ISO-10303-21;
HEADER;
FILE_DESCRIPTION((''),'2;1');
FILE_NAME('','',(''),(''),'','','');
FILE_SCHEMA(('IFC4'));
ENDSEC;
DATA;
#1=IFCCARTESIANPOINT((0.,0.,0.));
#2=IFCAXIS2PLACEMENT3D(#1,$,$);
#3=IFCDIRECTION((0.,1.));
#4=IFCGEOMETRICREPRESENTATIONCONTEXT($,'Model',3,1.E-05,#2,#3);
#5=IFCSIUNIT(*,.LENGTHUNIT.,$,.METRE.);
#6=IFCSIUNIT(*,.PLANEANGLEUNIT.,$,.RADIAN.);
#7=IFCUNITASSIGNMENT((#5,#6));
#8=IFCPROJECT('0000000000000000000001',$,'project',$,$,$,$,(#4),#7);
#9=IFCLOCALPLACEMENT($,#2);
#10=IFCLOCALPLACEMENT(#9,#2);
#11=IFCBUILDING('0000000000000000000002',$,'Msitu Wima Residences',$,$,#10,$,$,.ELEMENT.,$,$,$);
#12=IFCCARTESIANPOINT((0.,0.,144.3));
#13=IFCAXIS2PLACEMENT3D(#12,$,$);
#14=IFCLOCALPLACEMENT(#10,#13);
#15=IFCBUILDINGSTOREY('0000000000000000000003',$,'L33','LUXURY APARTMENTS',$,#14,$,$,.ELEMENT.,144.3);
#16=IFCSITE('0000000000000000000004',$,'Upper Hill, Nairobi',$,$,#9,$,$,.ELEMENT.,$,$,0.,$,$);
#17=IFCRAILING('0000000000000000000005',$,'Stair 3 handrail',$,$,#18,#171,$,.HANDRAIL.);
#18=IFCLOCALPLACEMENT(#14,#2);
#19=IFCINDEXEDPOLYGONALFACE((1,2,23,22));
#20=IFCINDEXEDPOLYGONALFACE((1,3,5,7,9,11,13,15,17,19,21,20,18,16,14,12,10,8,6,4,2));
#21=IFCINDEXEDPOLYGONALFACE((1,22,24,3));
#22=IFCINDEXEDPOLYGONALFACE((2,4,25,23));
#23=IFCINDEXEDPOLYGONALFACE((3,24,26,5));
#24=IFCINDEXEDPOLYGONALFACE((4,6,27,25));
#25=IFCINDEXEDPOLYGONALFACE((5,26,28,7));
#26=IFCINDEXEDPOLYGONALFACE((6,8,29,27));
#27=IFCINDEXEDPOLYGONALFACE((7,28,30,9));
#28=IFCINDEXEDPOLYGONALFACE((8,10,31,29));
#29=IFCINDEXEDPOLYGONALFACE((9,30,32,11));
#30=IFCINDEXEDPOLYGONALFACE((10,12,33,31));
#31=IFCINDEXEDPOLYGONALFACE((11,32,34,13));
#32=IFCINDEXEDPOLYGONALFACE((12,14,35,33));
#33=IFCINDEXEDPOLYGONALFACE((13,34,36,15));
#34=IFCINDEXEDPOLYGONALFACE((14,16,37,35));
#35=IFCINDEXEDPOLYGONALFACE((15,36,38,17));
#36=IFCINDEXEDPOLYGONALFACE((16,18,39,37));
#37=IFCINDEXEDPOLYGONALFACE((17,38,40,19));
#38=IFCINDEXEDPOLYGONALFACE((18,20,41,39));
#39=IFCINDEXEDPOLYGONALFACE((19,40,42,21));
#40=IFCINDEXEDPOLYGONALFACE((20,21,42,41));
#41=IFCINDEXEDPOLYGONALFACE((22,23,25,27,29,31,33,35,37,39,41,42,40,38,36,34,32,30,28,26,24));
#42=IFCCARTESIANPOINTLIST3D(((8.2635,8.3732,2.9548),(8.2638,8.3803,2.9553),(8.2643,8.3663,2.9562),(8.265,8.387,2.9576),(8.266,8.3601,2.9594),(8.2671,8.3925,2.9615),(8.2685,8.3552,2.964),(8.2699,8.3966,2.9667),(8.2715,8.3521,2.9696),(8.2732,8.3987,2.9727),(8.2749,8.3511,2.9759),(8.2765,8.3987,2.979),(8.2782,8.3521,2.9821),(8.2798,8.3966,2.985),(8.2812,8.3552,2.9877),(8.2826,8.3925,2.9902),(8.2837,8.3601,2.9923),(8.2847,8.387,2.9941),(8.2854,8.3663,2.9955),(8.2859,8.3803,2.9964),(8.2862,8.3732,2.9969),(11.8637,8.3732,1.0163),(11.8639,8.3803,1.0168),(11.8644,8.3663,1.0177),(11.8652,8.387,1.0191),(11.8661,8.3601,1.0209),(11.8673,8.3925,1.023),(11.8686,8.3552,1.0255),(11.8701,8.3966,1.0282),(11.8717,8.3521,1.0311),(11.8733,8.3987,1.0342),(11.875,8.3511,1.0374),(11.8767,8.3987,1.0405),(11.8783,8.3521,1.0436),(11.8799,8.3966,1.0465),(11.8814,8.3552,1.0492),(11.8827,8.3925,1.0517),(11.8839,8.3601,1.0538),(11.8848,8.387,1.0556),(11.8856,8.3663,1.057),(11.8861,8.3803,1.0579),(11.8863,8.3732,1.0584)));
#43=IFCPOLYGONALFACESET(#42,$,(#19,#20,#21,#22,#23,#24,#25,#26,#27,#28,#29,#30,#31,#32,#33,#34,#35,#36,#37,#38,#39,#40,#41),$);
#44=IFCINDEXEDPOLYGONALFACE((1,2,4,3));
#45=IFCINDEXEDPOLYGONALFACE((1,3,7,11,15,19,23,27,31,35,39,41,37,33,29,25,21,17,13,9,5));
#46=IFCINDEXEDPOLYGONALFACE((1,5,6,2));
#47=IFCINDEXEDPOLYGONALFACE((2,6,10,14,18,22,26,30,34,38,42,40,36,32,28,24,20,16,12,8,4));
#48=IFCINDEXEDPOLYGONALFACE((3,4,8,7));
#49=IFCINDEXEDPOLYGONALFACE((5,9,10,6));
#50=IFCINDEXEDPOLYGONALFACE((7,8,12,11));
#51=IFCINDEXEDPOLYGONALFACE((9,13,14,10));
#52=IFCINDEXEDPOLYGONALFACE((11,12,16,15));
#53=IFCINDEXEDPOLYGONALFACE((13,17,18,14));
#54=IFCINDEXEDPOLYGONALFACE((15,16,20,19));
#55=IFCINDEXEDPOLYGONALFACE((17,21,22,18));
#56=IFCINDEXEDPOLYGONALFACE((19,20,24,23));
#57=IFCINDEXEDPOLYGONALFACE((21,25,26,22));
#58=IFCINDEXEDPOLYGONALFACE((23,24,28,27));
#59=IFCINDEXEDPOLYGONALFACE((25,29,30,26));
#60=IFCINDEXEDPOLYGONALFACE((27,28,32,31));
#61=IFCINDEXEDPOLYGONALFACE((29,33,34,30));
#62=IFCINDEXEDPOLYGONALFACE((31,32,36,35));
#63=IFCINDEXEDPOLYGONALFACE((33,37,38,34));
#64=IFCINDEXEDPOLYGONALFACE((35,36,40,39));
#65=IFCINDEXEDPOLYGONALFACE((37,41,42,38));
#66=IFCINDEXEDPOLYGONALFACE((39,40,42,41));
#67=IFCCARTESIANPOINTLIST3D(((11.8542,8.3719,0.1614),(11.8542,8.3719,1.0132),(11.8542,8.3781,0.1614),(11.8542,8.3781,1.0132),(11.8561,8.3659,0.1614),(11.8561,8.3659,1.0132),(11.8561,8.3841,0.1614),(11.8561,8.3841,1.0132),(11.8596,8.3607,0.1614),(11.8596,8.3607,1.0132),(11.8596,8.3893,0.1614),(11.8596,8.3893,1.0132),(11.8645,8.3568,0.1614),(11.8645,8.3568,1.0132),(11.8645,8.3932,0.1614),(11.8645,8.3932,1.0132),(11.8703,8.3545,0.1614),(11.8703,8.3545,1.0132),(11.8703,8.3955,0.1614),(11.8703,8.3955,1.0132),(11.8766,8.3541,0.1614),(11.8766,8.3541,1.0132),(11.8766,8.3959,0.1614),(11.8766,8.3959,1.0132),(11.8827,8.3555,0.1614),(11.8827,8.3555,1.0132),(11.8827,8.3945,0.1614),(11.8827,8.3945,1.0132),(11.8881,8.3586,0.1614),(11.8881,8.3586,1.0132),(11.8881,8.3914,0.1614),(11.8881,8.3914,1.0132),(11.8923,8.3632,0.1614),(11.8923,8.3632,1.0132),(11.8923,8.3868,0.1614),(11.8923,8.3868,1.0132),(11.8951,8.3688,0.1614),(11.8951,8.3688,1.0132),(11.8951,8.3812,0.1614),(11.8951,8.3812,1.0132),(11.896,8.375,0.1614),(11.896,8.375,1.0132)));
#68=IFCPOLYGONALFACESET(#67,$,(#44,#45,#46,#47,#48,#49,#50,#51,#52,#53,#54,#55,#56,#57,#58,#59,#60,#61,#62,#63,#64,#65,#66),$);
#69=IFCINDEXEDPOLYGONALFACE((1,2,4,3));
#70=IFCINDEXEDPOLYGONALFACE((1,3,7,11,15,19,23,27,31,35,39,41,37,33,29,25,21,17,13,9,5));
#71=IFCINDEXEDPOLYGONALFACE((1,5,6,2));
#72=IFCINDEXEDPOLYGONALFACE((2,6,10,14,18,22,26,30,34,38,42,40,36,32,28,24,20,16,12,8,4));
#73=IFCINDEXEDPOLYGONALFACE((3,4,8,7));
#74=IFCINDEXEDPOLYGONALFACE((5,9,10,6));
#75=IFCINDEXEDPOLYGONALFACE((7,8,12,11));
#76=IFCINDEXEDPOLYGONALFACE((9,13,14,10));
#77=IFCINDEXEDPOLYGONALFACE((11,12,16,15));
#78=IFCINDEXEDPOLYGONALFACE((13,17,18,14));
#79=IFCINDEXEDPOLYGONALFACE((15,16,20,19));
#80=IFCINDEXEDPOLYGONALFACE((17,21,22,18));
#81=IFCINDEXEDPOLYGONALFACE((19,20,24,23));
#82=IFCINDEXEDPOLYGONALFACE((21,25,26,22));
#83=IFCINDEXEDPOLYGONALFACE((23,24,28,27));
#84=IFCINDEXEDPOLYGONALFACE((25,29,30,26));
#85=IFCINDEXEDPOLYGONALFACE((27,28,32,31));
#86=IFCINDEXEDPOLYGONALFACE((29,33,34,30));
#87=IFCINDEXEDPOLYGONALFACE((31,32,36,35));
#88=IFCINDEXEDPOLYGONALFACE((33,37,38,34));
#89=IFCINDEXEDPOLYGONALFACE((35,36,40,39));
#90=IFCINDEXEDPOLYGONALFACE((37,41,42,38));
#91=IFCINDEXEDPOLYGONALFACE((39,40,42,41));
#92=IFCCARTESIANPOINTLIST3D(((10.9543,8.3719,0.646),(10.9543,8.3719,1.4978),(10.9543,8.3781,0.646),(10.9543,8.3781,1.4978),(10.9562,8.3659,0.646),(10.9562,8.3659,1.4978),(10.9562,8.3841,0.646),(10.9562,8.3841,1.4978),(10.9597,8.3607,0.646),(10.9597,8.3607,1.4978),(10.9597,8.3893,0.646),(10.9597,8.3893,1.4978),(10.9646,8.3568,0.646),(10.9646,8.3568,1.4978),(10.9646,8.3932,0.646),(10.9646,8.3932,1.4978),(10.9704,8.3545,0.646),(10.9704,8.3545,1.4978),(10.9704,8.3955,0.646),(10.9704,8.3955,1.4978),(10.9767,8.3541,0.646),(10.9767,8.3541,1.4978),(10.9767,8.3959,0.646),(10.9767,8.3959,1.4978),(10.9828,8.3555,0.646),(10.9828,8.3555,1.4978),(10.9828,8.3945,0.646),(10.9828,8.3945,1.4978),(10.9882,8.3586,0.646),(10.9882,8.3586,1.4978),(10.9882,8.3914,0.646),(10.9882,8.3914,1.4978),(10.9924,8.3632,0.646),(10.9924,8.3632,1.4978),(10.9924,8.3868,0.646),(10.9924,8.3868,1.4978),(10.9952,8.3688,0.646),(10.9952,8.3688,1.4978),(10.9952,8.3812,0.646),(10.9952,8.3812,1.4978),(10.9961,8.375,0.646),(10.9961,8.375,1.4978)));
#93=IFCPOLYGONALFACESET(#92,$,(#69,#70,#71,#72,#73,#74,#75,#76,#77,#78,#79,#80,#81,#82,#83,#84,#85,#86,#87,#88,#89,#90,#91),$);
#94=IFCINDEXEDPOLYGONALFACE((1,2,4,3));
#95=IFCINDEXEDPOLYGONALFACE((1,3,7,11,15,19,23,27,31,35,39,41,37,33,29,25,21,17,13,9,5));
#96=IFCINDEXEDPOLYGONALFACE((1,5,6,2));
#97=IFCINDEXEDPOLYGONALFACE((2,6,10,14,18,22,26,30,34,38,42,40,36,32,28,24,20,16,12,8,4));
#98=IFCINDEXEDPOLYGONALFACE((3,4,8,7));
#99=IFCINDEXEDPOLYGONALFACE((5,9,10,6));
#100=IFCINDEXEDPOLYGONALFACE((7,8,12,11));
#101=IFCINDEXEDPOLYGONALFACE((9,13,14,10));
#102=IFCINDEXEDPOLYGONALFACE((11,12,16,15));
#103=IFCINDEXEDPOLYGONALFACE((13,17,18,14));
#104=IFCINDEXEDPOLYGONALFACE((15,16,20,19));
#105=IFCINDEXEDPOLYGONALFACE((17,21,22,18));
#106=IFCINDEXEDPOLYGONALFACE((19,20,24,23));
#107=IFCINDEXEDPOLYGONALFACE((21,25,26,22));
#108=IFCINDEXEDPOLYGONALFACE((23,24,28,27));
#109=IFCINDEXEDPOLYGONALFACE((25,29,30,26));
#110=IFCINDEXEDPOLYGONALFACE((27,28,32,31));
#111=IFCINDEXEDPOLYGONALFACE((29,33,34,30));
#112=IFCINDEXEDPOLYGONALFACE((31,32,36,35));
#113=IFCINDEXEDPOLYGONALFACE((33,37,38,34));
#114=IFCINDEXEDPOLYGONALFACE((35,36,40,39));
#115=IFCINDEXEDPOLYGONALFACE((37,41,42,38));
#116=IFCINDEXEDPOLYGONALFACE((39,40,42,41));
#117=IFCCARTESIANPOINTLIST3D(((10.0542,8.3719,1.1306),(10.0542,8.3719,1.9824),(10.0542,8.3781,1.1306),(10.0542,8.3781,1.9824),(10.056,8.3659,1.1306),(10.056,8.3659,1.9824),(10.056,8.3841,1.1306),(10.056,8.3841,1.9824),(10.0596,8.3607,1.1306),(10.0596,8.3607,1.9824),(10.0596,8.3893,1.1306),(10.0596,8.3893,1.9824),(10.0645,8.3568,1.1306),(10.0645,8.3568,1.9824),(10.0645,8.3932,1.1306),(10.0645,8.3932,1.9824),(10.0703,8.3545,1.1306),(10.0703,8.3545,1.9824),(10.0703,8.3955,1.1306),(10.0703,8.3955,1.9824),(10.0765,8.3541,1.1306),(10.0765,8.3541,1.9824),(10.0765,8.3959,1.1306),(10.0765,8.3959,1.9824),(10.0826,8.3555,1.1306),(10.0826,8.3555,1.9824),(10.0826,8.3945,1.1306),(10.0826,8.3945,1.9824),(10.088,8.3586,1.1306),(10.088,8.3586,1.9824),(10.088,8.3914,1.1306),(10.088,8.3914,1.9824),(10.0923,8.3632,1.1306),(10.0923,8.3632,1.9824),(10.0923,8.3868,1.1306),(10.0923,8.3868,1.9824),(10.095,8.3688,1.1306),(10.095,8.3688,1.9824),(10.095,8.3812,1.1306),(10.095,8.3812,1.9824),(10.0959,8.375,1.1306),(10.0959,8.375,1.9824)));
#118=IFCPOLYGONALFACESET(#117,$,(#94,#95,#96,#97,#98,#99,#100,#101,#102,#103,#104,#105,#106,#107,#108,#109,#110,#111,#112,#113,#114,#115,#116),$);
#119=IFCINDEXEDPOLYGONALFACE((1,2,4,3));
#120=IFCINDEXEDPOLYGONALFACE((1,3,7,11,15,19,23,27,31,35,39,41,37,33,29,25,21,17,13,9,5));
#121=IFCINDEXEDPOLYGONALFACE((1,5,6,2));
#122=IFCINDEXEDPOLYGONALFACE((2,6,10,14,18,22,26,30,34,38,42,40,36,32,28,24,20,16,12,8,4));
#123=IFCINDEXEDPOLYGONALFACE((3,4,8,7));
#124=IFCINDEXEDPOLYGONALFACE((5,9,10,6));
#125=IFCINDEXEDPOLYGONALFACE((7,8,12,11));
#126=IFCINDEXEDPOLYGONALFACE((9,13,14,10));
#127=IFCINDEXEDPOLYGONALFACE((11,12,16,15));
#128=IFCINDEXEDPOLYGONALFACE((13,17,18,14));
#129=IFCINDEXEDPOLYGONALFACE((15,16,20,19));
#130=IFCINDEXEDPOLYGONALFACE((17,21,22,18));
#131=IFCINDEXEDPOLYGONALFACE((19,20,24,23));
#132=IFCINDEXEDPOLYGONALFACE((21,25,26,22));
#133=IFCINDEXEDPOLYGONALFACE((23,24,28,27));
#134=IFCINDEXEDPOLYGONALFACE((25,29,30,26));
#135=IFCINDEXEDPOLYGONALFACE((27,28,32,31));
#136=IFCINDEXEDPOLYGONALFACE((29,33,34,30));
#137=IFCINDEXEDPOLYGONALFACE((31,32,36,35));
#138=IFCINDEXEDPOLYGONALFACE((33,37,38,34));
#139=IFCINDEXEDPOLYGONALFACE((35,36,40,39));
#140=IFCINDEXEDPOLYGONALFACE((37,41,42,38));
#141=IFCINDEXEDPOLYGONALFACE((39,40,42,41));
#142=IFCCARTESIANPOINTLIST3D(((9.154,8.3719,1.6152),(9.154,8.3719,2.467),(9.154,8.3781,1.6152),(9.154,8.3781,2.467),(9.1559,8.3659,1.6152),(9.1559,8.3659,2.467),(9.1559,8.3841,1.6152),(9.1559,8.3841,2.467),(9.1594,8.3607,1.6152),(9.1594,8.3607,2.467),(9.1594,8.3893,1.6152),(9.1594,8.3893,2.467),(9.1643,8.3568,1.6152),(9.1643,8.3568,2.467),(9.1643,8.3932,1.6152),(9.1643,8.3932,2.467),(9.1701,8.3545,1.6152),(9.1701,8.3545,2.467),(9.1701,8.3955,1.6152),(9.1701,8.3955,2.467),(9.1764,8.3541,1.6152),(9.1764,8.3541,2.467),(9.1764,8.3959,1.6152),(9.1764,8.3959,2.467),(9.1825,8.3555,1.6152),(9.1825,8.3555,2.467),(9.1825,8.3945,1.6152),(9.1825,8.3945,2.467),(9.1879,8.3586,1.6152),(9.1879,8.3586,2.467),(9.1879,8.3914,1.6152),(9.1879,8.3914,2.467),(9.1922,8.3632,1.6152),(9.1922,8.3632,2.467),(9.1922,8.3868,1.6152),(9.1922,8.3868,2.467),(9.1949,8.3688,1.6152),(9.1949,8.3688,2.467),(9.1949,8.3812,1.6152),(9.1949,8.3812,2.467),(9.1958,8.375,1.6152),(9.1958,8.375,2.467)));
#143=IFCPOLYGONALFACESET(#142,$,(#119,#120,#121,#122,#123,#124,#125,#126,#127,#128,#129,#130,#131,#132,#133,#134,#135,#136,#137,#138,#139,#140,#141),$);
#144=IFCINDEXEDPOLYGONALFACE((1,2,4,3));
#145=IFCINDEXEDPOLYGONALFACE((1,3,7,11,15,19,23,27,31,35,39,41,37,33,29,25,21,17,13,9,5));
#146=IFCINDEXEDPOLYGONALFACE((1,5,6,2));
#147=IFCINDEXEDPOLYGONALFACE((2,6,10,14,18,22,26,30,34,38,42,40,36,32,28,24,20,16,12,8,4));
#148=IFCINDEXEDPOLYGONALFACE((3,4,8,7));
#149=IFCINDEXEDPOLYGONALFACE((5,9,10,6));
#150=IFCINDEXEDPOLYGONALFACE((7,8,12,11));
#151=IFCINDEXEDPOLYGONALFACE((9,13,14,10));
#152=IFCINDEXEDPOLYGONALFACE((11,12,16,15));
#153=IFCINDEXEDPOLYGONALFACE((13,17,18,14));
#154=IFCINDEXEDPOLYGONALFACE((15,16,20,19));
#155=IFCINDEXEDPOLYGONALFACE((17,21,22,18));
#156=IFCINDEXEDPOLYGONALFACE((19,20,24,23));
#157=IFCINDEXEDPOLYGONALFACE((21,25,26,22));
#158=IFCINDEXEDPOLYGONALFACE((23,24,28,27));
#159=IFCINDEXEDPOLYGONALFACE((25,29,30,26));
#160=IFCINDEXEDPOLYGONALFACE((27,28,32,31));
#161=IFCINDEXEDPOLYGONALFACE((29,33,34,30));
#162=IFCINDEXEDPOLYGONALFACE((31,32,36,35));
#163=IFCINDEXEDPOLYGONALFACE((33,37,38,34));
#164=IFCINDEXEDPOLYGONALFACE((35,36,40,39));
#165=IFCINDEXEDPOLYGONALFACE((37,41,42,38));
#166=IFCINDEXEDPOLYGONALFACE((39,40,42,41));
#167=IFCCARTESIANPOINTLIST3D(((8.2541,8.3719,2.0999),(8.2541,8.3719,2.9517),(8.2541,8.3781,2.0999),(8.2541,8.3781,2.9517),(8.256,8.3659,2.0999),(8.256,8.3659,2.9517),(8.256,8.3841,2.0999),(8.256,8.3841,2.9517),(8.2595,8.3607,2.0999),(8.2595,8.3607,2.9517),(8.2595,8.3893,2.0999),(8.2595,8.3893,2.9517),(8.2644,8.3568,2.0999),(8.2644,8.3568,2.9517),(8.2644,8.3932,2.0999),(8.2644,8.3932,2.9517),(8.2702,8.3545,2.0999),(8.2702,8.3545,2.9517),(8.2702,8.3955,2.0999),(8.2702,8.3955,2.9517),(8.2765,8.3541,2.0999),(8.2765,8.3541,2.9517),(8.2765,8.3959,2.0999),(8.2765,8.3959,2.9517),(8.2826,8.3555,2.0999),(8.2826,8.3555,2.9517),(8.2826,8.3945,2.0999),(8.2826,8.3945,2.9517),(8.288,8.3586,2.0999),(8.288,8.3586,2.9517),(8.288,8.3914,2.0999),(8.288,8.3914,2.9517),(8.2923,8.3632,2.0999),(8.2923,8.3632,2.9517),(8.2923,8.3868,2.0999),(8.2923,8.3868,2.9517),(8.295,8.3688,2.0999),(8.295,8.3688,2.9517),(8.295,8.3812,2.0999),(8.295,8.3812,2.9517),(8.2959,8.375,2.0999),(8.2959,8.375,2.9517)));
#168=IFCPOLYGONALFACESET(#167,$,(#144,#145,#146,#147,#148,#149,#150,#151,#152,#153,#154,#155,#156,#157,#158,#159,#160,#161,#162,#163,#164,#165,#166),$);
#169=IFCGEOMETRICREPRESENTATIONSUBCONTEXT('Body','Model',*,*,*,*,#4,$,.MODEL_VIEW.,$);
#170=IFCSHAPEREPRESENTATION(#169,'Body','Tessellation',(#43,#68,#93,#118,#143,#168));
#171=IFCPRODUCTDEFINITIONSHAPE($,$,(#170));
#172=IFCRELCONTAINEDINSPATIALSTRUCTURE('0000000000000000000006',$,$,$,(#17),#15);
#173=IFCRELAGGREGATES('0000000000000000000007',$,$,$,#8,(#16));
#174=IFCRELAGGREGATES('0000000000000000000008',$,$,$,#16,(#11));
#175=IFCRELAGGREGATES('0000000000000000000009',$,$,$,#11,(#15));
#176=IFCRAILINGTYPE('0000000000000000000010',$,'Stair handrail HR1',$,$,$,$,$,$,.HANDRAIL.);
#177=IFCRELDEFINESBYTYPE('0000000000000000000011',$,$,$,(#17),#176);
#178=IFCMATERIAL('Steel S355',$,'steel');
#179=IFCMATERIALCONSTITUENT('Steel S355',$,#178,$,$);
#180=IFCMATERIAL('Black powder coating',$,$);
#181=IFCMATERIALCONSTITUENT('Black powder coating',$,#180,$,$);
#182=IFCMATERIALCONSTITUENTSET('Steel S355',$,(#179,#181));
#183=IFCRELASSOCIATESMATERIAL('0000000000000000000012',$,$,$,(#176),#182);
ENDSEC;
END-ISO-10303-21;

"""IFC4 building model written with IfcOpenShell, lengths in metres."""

from ifc_helpers import new_model, si_unit, direction, frame, origin, origin_2d, place, context, subcontext, project, spatial, circle, extrude, material, constituent, constituent_set, type_object, element, save


model = new_model("IFC4")

# Units and contexts
model_context = context("Model", 3, precision=1e-05, world=origin(), true_north=direction((0.0, 1.0)))
body_context = subcontext(model_context, "Body", "Model", "MODEL_VIEW")
ifc_project = project(units=[si_unit("LENGTHUNIT", "METRE"), si_unit("PLANEANGLEUNIT", "RADIAN")], contexts=[model_context])

# Site, building, storey
site_placement = place(None, origin())
site = spatial("IfcSite", under=ifc_project, at=site_placement, Name="Upper Hill, Nairobi", CompositionType="ELEMENT", RefElevation=0.0)
building_placement = place(site_placement, origin())
building = spatial("IfcBuilding", under=site, at=building_placement, Name="Msitu Wima Residences", CompositionType="ELEMENT")
storey_placement = place(building_placement, frame((0.0, 0.0, 144.3)))
storey = spatial("IfcBuildingStorey", under=building, at=storey_placement, Name="L33", Description="LUXURY APARTMENTS", CompositionType="ELEMENT", Elevation=144.3)

# Railing
ifc_material_1 = material(Name="Steel S355", Category="steel")
ifc_constituent_1 = constituent(ifc_material_1, Name="Steel S355")
ifc_material_2 = material(Name="Black powder coating")
ifc_constituent_2 = constituent(ifc_material_2, Name="Black powder coating")
ifc_constituent_set_1 = constituent_set(constituents=[ifc_constituent_1, ifc_constituent_2], Name="Steel S355")
railing_type_1 = type_object("IfcRailingType", Name="Stair handrail HR1", PredefinedType="HANDRAIL", material=ifc_constituent_set_1)
for number, where, name in (
    (1, (11.875, 8.375, 0.1614), "Stair 3 handrail"),
):
    element("IfcRailing", number, at=place(storey_placement, frame(where)), inside=storey, type_object=railing_type_1, Name=name, PredefinedType="HANDRAIL", context=body_context, shape_type="SweptSolid", body=[
        extrude(circle(Radius=0.0239, at=origin_2d()), frame((0.0, 0.0, 0.876), z_axis=(-0.880475, 0.0, 0.474093), x_axis=(0.0, -1.0, 0.0)), (0.0, 0.0, 1.0), 4.0889),
        extrude(circle(Radius=0.021, at=origin_2d()), origin(), (0.0, 0.0, 1.0), 0.8518),
        extrude(circle(Radius=0.021, at=origin_2d()), frame((-0.8999, 0.0, 0.4846)), (0.0, 0.0, 1.0), 0.8518),
        extrude(circle(Radius=0.021, at=origin_2d()), frame((-1.8, 0.0, 0.9692)), (0.0, 0.0, 1.0), 0.8518),
        extrude(circle(Radius=0.021, at=origin_2d()), frame((-2.7002, 0.0, 1.4539)), (0.0, 0.0, 1.0), 0.8518),
        extrude(circle(Radius=0.021, at=origin_2d()), frame((-3.6001, 0.0, 1.9385)), (0.0, 0.0, 1.0), 0.8518),
    ])

save(model, "model.ifc")
